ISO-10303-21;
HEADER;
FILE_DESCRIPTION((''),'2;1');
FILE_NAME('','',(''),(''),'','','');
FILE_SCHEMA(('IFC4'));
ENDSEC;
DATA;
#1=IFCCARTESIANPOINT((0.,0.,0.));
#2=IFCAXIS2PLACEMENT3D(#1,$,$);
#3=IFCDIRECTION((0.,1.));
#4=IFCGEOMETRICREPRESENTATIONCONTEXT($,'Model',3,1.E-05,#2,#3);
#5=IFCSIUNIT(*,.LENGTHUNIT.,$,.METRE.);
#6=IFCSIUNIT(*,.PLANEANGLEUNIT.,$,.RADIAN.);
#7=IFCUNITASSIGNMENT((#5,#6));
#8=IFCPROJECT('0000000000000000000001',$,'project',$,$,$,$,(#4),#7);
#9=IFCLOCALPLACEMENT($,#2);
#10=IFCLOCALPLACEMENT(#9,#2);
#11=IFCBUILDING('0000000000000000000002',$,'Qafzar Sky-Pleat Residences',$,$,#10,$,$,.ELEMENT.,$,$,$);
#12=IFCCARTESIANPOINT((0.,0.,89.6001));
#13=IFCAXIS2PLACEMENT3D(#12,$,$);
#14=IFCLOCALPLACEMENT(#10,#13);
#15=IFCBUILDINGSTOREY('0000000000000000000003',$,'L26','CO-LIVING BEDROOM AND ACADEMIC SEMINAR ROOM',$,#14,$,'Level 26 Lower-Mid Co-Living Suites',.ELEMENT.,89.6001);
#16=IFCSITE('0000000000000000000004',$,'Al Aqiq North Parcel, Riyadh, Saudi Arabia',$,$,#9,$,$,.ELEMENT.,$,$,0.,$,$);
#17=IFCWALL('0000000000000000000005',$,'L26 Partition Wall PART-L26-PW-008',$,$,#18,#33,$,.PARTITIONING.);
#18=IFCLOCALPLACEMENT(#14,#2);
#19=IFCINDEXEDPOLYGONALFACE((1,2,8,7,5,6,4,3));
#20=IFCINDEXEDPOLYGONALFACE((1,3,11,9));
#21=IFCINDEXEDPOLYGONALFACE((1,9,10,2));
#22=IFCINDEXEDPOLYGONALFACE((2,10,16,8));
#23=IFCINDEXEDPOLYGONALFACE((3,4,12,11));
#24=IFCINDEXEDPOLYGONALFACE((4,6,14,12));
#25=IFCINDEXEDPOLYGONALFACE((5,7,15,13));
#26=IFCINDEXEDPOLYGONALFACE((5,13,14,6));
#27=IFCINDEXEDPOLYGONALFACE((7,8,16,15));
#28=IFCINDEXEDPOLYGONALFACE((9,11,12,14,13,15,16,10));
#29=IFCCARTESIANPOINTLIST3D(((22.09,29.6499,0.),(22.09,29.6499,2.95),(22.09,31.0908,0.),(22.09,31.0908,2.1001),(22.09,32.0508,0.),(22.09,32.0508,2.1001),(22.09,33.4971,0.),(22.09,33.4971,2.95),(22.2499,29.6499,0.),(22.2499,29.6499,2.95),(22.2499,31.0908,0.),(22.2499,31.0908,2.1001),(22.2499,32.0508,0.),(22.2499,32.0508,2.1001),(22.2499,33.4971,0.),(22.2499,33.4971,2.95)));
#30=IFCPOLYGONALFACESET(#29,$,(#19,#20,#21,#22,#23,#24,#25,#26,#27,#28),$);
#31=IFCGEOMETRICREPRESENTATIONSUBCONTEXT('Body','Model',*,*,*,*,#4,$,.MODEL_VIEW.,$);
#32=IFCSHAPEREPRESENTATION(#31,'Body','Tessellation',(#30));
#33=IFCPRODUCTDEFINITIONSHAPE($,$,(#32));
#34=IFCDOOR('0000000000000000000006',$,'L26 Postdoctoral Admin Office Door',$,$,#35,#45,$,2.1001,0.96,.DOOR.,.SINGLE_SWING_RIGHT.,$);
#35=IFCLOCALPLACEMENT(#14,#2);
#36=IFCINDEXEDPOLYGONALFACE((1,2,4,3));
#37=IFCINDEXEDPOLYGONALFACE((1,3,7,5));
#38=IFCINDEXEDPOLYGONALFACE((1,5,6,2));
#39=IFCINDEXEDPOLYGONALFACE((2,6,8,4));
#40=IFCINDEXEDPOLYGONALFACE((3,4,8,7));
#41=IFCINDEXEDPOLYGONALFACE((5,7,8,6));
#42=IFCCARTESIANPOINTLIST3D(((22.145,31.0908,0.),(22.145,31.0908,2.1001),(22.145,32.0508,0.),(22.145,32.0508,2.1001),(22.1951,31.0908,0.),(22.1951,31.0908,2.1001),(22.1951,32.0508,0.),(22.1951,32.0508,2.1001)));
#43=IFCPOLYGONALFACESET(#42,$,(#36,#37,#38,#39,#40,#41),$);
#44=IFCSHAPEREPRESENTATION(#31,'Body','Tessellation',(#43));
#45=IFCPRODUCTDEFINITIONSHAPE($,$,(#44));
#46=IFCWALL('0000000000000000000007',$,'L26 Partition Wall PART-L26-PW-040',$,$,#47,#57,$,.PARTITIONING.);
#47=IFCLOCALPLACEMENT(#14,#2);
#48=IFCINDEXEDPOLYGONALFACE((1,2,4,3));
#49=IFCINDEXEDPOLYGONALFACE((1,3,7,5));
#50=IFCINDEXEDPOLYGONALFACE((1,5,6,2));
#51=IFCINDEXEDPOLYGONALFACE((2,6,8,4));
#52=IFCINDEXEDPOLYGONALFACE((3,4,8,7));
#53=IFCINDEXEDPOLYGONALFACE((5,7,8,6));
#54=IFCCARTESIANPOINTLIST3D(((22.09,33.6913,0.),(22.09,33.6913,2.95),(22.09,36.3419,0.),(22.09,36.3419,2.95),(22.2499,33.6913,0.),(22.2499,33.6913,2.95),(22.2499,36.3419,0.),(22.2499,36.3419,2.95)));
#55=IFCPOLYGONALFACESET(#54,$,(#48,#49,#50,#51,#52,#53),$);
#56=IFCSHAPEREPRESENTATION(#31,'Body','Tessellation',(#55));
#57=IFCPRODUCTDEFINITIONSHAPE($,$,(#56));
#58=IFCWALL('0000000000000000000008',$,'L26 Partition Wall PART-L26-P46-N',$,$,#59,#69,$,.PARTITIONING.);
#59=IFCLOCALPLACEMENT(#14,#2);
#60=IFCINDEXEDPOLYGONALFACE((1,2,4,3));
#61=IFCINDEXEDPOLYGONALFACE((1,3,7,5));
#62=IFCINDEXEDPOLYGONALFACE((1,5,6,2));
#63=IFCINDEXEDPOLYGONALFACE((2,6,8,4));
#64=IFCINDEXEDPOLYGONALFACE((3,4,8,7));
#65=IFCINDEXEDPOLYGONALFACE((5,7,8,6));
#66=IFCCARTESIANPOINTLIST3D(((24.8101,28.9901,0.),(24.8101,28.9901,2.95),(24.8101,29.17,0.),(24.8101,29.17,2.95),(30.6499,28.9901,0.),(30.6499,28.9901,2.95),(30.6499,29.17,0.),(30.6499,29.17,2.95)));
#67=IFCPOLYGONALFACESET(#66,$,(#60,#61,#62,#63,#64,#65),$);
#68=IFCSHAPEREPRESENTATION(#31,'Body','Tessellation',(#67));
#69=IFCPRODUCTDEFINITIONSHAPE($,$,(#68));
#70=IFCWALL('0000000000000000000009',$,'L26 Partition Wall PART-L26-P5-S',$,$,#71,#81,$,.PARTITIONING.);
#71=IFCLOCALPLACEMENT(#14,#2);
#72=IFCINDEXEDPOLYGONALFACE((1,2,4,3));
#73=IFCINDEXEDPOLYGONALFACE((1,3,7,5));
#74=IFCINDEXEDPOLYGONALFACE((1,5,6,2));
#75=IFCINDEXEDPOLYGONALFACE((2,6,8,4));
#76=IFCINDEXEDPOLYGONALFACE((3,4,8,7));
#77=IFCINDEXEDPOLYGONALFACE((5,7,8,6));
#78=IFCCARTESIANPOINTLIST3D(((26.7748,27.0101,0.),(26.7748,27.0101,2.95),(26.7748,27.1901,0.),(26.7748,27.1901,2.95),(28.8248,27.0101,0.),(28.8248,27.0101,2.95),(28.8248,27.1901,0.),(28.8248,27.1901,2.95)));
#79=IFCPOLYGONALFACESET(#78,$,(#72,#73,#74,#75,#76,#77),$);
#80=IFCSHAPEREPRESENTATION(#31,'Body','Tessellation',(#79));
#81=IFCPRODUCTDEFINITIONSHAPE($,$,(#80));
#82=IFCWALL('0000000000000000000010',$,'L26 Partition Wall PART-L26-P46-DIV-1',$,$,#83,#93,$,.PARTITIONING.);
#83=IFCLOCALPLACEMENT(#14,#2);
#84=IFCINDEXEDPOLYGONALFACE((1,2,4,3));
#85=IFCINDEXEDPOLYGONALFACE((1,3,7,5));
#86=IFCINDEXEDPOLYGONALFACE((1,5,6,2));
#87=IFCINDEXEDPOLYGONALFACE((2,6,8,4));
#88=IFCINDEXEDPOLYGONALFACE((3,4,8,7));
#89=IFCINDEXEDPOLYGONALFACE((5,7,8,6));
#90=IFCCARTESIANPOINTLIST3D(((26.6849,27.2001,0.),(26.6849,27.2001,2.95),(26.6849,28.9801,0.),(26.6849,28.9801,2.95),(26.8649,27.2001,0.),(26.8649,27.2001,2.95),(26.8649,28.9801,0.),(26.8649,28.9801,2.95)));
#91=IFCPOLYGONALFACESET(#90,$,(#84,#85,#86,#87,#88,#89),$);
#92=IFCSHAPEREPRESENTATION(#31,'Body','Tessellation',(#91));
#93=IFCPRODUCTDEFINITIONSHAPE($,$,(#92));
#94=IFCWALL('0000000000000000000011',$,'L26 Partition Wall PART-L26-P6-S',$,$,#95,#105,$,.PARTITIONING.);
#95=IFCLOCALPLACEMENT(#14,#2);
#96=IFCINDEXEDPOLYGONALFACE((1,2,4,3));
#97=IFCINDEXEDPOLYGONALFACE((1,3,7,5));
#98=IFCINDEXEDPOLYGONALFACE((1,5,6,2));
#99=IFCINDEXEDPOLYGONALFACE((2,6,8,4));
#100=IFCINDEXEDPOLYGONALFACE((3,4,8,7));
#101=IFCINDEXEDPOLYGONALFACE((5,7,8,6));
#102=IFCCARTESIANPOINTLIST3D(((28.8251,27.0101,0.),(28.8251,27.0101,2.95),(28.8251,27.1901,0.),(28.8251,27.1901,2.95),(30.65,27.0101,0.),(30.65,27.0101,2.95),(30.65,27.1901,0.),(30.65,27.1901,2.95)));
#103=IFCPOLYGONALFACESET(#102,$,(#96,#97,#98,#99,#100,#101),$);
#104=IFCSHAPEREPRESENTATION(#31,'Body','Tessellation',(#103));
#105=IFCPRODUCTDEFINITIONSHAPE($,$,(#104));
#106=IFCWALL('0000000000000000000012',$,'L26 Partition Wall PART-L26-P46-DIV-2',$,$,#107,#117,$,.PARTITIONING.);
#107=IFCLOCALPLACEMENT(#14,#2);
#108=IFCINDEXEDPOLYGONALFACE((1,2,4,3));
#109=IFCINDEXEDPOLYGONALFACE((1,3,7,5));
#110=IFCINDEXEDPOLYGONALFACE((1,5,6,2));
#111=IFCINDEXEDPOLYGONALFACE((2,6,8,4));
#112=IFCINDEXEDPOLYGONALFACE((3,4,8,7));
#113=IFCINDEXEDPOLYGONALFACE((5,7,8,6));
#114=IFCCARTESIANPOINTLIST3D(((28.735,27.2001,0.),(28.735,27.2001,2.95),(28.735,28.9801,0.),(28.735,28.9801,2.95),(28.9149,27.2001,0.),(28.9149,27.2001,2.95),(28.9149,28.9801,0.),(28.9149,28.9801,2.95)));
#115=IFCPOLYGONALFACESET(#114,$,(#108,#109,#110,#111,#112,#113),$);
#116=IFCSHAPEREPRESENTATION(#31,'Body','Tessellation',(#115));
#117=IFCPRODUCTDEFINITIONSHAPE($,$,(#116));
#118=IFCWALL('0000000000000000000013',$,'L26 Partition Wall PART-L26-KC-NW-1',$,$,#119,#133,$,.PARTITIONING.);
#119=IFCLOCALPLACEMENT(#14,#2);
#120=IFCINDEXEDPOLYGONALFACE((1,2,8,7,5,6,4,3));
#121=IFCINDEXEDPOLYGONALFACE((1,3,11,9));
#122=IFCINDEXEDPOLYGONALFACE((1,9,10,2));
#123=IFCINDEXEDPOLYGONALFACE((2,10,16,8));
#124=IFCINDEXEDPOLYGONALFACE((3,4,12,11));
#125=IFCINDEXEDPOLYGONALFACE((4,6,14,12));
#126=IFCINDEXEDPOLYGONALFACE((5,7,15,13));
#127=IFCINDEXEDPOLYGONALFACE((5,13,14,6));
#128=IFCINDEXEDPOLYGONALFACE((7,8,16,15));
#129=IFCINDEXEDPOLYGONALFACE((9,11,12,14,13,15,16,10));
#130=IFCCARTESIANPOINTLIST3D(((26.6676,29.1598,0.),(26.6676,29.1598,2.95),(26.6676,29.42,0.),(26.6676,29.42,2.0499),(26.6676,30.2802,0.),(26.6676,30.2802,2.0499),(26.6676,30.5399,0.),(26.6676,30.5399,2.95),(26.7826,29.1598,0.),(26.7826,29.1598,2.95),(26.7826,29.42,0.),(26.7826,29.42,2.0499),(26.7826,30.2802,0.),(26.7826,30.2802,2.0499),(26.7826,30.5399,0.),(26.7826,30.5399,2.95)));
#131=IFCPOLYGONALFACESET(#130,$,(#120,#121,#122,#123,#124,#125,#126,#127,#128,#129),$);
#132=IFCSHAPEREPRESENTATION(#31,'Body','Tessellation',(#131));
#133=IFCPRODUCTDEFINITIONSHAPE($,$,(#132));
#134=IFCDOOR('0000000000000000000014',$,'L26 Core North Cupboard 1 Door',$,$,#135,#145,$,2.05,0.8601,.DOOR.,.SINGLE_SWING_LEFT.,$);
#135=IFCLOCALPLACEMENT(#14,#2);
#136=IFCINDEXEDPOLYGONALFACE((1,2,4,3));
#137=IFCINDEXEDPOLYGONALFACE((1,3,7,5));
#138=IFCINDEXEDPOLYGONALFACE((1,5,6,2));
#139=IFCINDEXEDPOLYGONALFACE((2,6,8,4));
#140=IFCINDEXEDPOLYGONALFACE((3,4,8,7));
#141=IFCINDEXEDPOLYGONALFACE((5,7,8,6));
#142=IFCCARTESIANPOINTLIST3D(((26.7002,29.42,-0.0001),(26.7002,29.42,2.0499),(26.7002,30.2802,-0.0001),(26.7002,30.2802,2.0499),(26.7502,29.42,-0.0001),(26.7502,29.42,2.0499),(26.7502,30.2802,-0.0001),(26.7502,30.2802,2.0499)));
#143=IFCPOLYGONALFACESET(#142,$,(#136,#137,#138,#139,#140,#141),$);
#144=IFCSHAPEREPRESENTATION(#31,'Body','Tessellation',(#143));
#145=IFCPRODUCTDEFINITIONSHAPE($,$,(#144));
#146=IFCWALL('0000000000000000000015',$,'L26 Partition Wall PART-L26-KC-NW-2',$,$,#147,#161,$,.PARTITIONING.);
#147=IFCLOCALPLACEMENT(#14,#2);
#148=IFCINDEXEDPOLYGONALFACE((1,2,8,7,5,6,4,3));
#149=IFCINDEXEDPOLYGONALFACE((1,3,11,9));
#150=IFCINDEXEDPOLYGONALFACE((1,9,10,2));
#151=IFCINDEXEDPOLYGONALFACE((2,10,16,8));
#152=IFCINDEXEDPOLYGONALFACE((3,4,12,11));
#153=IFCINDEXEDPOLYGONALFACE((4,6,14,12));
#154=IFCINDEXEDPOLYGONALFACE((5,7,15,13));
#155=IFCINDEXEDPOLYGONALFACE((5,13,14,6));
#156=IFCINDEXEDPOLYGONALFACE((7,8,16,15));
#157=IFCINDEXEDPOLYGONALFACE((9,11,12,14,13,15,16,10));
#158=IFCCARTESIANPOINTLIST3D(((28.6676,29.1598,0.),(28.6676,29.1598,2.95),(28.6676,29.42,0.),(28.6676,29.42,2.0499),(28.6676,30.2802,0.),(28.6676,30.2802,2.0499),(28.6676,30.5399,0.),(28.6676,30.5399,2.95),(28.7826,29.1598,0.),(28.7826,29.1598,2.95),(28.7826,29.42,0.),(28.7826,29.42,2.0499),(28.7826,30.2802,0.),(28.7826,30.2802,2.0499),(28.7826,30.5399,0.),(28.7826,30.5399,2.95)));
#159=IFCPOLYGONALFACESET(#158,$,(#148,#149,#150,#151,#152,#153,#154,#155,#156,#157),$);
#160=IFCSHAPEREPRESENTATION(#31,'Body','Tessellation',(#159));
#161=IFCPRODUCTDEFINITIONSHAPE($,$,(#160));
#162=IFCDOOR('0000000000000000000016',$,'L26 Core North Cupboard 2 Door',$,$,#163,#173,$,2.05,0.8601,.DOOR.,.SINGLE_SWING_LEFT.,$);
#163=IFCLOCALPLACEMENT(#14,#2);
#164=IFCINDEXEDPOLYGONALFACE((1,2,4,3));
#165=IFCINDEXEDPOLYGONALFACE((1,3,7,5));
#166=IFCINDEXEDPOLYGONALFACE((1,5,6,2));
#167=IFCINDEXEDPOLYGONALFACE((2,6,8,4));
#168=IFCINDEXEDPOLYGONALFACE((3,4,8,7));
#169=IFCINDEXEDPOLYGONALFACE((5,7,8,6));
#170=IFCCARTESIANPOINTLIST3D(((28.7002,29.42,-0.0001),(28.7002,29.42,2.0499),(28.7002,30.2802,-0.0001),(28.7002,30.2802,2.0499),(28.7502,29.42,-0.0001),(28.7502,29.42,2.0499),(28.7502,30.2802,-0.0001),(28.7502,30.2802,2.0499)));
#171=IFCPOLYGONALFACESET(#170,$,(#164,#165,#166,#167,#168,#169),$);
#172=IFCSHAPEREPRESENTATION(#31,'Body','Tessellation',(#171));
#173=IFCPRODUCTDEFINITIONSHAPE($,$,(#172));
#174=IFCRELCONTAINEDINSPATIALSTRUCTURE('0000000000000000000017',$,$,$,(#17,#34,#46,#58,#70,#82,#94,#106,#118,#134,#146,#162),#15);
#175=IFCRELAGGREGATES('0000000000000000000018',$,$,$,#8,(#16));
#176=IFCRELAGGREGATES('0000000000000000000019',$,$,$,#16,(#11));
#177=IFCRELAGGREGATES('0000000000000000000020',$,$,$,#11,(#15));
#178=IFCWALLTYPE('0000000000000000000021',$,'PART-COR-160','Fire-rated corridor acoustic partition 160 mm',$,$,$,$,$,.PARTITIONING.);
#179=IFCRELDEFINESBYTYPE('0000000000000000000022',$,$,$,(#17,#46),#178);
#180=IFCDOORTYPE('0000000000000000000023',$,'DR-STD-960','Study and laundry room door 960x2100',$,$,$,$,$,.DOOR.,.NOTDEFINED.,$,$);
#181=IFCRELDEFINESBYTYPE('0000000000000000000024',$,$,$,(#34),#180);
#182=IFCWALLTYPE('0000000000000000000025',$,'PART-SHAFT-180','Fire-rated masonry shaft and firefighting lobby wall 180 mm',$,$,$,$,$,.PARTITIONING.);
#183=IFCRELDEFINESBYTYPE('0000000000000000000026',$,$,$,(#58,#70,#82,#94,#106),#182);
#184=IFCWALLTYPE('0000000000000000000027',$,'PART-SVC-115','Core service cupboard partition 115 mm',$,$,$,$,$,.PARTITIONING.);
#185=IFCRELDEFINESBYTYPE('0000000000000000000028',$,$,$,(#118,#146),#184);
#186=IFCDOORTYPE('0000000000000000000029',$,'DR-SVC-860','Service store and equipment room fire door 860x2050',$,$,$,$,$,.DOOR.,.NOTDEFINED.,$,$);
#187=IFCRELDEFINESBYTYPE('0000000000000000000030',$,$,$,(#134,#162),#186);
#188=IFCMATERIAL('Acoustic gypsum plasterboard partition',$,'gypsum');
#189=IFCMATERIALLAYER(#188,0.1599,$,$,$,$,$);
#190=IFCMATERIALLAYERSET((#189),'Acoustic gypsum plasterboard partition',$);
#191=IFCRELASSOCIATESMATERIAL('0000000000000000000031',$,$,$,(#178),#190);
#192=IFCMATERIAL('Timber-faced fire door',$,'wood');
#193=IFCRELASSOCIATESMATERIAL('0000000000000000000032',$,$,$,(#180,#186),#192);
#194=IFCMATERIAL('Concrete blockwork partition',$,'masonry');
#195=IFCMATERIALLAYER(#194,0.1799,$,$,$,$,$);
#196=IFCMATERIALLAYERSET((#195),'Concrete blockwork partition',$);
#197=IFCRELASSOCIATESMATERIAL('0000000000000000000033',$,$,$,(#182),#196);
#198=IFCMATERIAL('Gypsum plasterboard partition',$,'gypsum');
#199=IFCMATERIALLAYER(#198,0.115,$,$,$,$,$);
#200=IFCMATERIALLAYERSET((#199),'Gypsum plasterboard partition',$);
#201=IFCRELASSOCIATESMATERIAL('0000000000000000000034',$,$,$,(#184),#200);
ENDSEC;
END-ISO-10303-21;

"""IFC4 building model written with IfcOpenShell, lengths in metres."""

from ifc_helpers import new_model, si_unit, direction, frame, frame_2d, origin, place, context, subcontext, project, spatial, rectangle, extrude, source, transform, mapped, material, layer, layer_set, type_object, element, fill, save


model = new_model("IFC4")

# Units and contexts
model_context = context("Model", 3, precision=1e-05, world=origin(), true_north=direction((0.0, 1.0)))
body_context = subcontext(model_context, "Body", "Model", "MODEL_VIEW")
ifc_project = project(units=[si_unit("LENGTHUNIT", "METRE"), si_unit("PLANEANGLEUNIT", "RADIAN")], contexts=[model_context])

# Site, building, storey
site_placement = place(None, origin())
site = spatial("IfcSite", under=ifc_project, at=site_placement, Name="Al Aqiq North Parcel, Riyadh, Saudi Arabia", CompositionType="ELEMENT", RefElevation=0.0)
building_placement = place(site_placement, origin())
building = spatial("IfcBuilding", under=site, at=building_placement, Name="Qafzar Sky-Pleat Residences", CompositionType="ELEMENT")
storey_placement = place(building_placement, frame((0.0, 0.0, 89.6001)))
storey = spatial("IfcBuildingStorey", under=building, at=storey_placement, Name="L26", Description="CO-LIVING BEDROOM AND ACADEMIC SEMINAR ROOM", LongName="Level 26 Lower-Mid Co-Living Suites", CompositionType="ELEMENT", Elevation=89.6001)

# Wall, opening, door
ifc_material_1 = material(Name="Acoustic gypsum plasterboard partition", Category="gypsum")
ifc_layer_1 = layer(ifc_material_1, 0.1599)
ifc_layer_set_1 = layer_set([ifc_layer_1], Name="Acoustic gypsum plasterboard partition")
wall_type_1 = type_object("IfcWallType", Name="PART-COR-160", Description="Fire-rated corridor acoustic partition 160 mm", PredefinedType="PARTITIONING", material=ifc_layer_set_1)
wall_1_placement = place(storey_placement, frame((22.1699, 29.6499, 0.0), z_axis=(0.0, 0.0, 1.0), x_axis=(0.0, 1.0, 0.0)))
wall_1 = element("IfcWall", 1, at=wall_1_placement, inside=storey, type_object=wall_type_1, Name="L26 Partition Wall PART-L26-PW-008", PredefinedType="PARTITIONING", context=body_context, shape_type="SweptSolid", body=[
    extrude(rectangle(XDim=3.8472, YDim=0.1599, at=frame_2d((1.9236, 0.0))), origin(), (0.0, 0.0, 1.0), 2.95),
])
opening_1_placement = place(wall_1_placement, frame((1.4409, 0.0, 0.0)))
opening_1 = element("IfcOpeningElement", 2, at=opening_1_placement, cuts=wall_1, PredefinedType="OPENING", context=body_context, shape_type="SweptSolid", body=[
    extrude(rectangle(XDim=0.96, YDim=2.1001, at=frame_2d((0.48, 1.05))), frame((0.0, 0.0898, 0.0), z_axis=(0.0, -1.0, 0.0), x_axis=(1.0, 0.0, 0.0)), (0.0, 0.0, 1.0), 0.1799),
])
ifc_material_2 = material(Name="Timber-faced fire door", Category="wood")
door_type_1 = type_object("IfcDoorType", Name="DR-STD-960", Description="Study and laundry room door 960x2100", OperationType="NOTDEFINED", PredefinedType="DOOR", material=ifc_material_2)
shared_shape_1 = source(origin(), body_context, "Body", "SweptSolid", [
    extrude(rectangle(XDim=0.96, YDim=2.1001, at=frame_2d((0.48, 1.05))), frame((0.0, 0.0249, 0.0), z_axis=(0.0, -1.0, 0.0), x_axis=(1.0, 0.0, 0.0)), (0.0, 0.0, 1.0), 0.05),
])
door_1_placement = place(opening_1_placement, origin())
door_1 = element("IfcDoor", 3, at=door_1_placement, inside=storey, type_object=door_type_1, Name="L26 Postdoctoral Admin Office Door", OperationType="SINGLE_SWING_RIGHT", OverallHeight=2.1001, OverallWidth=0.96, PredefinedType="DOOR", context=body_context, shape_type="MappedRepresentation", body=[
    mapped(shared_shape_1, transform((0.0, 0.0, 0.0), x_axis=(1.0, 0.0, 0.0), y_axis=(0.0, 1.0, 0.0), z_axis=(0.0, 0.0, 1.0), scale=1.0)),
])
fill(opening_1, door_1)

# Wall
wall_2_placement = place(storey_placement, frame((22.1699, 33.6914, 0.0), z_axis=(0.0, 0.0, 1.0), x_axis=(0.0, 1.0, 0.0)))
element("IfcWall", 4, at=wall_2_placement, inside=storey, type_object=wall_type_1, Name="L26 Partition Wall PART-L26-PW-040", PredefinedType="PARTITIONING", context=body_context, shape_type="SweptSolid", body=[
    extrude(rectangle(XDim=2.6506, YDim=0.1599, at=frame_2d((1.3252, 0.0))), origin(), (0.0, 0.0, 1.0), 2.95),
])

# Shared definitions
ifc_material_3 = material(Name="Concrete blockwork partition", Category="masonry")
ifc_layer_2 = layer(ifc_material_3, 0.1799)
ifc_layer_set_2 = layer_set([ifc_layer_2], Name="Concrete blockwork partition")
wall_type_2 = type_object("IfcWallType", Name="PART-SHAFT-180", Description="Fire-rated masonry shaft and firefighting lobby wall 180 mm", PredefinedType="PARTITIONING", material=ifc_layer_set_2)

# Walls
wall_3_placement = place(storey_placement, frame((24.8101, 29.0801, 0.0), z_axis=(0.0, 0.0, 1.0), x_axis=(1.0, 0.0, 0.0)))
element("IfcWall", 5, at=wall_3_placement, inside=storey, type_object=wall_type_2, Name="L26 Partition Wall PART-L26-P46-N", PredefinedType="PARTITIONING", context=body_context, shape_type="SweptSolid", body=[
    extrude(rectangle(XDim=5.8398, YDim=0.1799, at=frame_2d((2.9199, 0.0))), origin(), (0.0, 0.0, 1.0), 2.95),
])
wall_4_placement = place(storey_placement, frame((26.7749, 27.1001, 0.0), z_axis=(0.0, 0.0, 1.0), x_axis=(1.0, 0.0, 0.0)))
element("IfcWall", 6, at=wall_4_placement, inside=storey, type_object=wall_type_2, Name="L26 Partition Wall PART-L26-P5-S", PredefinedType="PARTITIONING", context=body_context, shape_type="SweptSolid", body=[
    extrude(rectangle(XDim=2.05, YDim=0.1799, at=frame_2d((1.0249, 0.0))), origin(), (0.0, 0.0, 1.0), 2.95),
])
wall_5_placement = place(storey_placement, frame((26.7749, 27.2, 0.0), z_axis=(0.0, 0.0, 1.0), x_axis=(0.0, 1.0, 0.0)))
element("IfcWall", 7, at=wall_5_placement, inside=storey, type_object=wall_type_2, Name="L26 Partition Wall PART-L26-P46-DIV-1", PredefinedType="PARTITIONING", context=body_context, shape_type="SweptSolid", body=[
    extrude(rectangle(XDim=1.78, YDim=0.1799, at=frame_2d((0.8901, 0.0))), origin(), (0.0, 0.0, 1.0), 2.95),
])
wall_6_placement = place(storey_placement, frame((28.825, 27.1001, 0.0), z_axis=(0.0, 0.0, 1.0), x_axis=(1.0, 0.0, 0.0)))
element("IfcWall", 8, at=wall_6_placement, inside=storey, type_object=wall_type_2, Name="L26 Partition Wall PART-L26-P6-S", PredefinedType="PARTITIONING", context=body_context, shape_type="SweptSolid", body=[
    extrude(rectangle(XDim=1.825, YDim=0.1799, at=frame_2d((0.9126, 0.0))), origin(), (0.0, 0.0, 1.0), 2.95),
])
wall_7_placement = place(storey_placement, frame((28.825, 27.2, 0.0), z_axis=(0.0, 0.0, 1.0), x_axis=(0.0, 1.0, 0.0)))
element("IfcWall", 9, at=wall_7_placement, inside=storey, type_object=wall_type_2, Name="L26 Partition Wall PART-L26-P46-DIV-2", PredefinedType="PARTITIONING", context=body_context, shape_type="SweptSolid", body=[
    extrude(rectangle(XDim=1.78, YDim=0.1799, at=frame_2d((0.8901, 0.0))), origin(), (0.0, 0.0, 1.0), 2.95),
])

# Walls, openings, doors
ifc_material_4 = material(Name="Gypsum plasterboard partition", Category="gypsum")
ifc_layer_3 = layer(ifc_material_4, 0.115)
ifc_layer_set_3 = layer_set([ifc_layer_3], Name="Gypsum plasterboard partition")
wall_type_3 = type_object("IfcWallType", Name="PART-SVC-115", Description="Core service cupboard partition 115 mm", PredefinedType="PARTITIONING", material=ifc_layer_set_3)
wall_8_placement = place(storey_placement, frame((26.7251, 29.1599, 0.0), z_axis=(0.0, 0.0, 1.0), x_axis=(0.0, 1.0, 0.0)))
wall_8 = element("IfcWall", 10, at=wall_8_placement, inside=storey, type_object=wall_type_3, Name="L26 Partition Wall PART-L26-KC-NW-1", PredefinedType="PARTITIONING", context=body_context, shape_type="SweptSolid", body=[
    extrude(rectangle(XDim=1.3801, YDim=0.115, at=frame_2d((0.6899, 0.0))), origin(), (0.0, 0.0, 1.0), 2.95),
])
opening_2_placement = place(wall_8_placement, frame((0.26, 0.0, 0.0)))
opening_2 = element("IfcOpeningElement", 11, at=opening_2_placement, cuts=wall_8, PredefinedType="OPENING", context=body_context, shape_type="SweptSolid", body=[
    extrude(rectangle(XDim=0.8601, YDim=2.05, at=frame_2d((0.4302, 1.0249))), frame((0.0, 0.0674, 0.0), z_axis=(0.0, -1.0, 0.0), x_axis=(1.0, 0.0, 0.0)), (0.0, 0.0, 1.0), 0.135),
])
door_type_2 = type_object("IfcDoorType", Name="DR-SVC-860", Description="Service store and equipment room fire door 860x2050", OperationType="NOTDEFINED", PredefinedType="DOOR", material=ifc_material_2)
shared_shape_2 = source(origin(), body_context, "Body", "SweptSolid", [
    extrude(rectangle(XDim=0.8601, YDim=2.05, at=frame_2d((0.4302, 1.0249))), frame((0.0, 0.0249, 0.0), z_axis=(0.0, -1.0, 0.0), x_axis=(1.0, 0.0, 0.0)), (0.0, 0.0, 1.0), 0.05),
])
door_2_placement = place(opening_2_placement, origin())
door_2 = element("IfcDoor", 12, at=door_2_placement, inside=storey, type_object=door_type_2, Name="L26 Core North Cupboard 1 Door", OperationType="SINGLE_SWING_LEFT", OverallHeight=2.05, OverallWidth=0.8601, PredefinedType="DOOR", context=body_context, shape_type="MappedRepresentation", body=[
    mapped(shared_shape_2, transform((0.0, 0.0, 0.0), x_axis=(1.0, 0.0, 0.0), y_axis=(0.0, 1.0, 0.0), z_axis=(0.0, 0.0, 1.0), scale=1.0)),
])
fill(opening_2, door_2)
wall_9_placement = place(storey_placement, frame((28.7251, 29.1599, 0.0), z_axis=(0.0, 0.0, 1.0), x_axis=(0.0, 1.0, 0.0)))
wall_9 = element("IfcWall", 13, at=wall_9_placement, inside=storey, type_object=wall_type_3, Name="L26 Partition Wall PART-L26-KC-NW-2", PredefinedType="PARTITIONING", context=body_context, shape_type="SweptSolid", body=[
    extrude(rectangle(XDim=1.3801, YDim=0.115, at=frame_2d((0.6899, 0.0))), origin(), (0.0, 0.0, 1.0), 2.95),
])
opening_3_placement = place(wall_9_placement, frame((0.26, 0.0, 0.0)))
opening_3 = element("IfcOpeningElement", 14, at=opening_3_placement, cuts=wall_9, PredefinedType="OPENING", context=body_context, shape_type="SweptSolid", body=[
    extrude(rectangle(XDim=0.8601, YDim=2.05, at=frame_2d((0.4302, 1.0249))), frame((0.0, 0.0674, 0.0), z_axis=(0.0, -1.0, 0.0), x_axis=(1.0, 0.0, 0.0)), (0.0, 0.0, 1.0), 0.135),
])
door_3_placement = place(opening_3_placement, origin())
door_3 = element("IfcDoor", 15, at=door_3_placement, inside=storey, type_object=door_type_2, Name="L26 Core North Cupboard 2 Door", OperationType="SINGLE_SWING_LEFT", OverallHeight=2.05, OverallWidth=0.8601, PredefinedType="DOOR", context=body_context, shape_type="MappedRepresentation", body=[
    mapped(shared_shape_2, transform((0.0, 0.0, 0.0), x_axis=(1.0, 0.0, 0.0), y_axis=(0.0, 1.0, 0.0), z_axis=(0.0, 0.0, 1.0), scale=1.0)),
])
fill(opening_3, door_3)

save(model, "model.ifc")
